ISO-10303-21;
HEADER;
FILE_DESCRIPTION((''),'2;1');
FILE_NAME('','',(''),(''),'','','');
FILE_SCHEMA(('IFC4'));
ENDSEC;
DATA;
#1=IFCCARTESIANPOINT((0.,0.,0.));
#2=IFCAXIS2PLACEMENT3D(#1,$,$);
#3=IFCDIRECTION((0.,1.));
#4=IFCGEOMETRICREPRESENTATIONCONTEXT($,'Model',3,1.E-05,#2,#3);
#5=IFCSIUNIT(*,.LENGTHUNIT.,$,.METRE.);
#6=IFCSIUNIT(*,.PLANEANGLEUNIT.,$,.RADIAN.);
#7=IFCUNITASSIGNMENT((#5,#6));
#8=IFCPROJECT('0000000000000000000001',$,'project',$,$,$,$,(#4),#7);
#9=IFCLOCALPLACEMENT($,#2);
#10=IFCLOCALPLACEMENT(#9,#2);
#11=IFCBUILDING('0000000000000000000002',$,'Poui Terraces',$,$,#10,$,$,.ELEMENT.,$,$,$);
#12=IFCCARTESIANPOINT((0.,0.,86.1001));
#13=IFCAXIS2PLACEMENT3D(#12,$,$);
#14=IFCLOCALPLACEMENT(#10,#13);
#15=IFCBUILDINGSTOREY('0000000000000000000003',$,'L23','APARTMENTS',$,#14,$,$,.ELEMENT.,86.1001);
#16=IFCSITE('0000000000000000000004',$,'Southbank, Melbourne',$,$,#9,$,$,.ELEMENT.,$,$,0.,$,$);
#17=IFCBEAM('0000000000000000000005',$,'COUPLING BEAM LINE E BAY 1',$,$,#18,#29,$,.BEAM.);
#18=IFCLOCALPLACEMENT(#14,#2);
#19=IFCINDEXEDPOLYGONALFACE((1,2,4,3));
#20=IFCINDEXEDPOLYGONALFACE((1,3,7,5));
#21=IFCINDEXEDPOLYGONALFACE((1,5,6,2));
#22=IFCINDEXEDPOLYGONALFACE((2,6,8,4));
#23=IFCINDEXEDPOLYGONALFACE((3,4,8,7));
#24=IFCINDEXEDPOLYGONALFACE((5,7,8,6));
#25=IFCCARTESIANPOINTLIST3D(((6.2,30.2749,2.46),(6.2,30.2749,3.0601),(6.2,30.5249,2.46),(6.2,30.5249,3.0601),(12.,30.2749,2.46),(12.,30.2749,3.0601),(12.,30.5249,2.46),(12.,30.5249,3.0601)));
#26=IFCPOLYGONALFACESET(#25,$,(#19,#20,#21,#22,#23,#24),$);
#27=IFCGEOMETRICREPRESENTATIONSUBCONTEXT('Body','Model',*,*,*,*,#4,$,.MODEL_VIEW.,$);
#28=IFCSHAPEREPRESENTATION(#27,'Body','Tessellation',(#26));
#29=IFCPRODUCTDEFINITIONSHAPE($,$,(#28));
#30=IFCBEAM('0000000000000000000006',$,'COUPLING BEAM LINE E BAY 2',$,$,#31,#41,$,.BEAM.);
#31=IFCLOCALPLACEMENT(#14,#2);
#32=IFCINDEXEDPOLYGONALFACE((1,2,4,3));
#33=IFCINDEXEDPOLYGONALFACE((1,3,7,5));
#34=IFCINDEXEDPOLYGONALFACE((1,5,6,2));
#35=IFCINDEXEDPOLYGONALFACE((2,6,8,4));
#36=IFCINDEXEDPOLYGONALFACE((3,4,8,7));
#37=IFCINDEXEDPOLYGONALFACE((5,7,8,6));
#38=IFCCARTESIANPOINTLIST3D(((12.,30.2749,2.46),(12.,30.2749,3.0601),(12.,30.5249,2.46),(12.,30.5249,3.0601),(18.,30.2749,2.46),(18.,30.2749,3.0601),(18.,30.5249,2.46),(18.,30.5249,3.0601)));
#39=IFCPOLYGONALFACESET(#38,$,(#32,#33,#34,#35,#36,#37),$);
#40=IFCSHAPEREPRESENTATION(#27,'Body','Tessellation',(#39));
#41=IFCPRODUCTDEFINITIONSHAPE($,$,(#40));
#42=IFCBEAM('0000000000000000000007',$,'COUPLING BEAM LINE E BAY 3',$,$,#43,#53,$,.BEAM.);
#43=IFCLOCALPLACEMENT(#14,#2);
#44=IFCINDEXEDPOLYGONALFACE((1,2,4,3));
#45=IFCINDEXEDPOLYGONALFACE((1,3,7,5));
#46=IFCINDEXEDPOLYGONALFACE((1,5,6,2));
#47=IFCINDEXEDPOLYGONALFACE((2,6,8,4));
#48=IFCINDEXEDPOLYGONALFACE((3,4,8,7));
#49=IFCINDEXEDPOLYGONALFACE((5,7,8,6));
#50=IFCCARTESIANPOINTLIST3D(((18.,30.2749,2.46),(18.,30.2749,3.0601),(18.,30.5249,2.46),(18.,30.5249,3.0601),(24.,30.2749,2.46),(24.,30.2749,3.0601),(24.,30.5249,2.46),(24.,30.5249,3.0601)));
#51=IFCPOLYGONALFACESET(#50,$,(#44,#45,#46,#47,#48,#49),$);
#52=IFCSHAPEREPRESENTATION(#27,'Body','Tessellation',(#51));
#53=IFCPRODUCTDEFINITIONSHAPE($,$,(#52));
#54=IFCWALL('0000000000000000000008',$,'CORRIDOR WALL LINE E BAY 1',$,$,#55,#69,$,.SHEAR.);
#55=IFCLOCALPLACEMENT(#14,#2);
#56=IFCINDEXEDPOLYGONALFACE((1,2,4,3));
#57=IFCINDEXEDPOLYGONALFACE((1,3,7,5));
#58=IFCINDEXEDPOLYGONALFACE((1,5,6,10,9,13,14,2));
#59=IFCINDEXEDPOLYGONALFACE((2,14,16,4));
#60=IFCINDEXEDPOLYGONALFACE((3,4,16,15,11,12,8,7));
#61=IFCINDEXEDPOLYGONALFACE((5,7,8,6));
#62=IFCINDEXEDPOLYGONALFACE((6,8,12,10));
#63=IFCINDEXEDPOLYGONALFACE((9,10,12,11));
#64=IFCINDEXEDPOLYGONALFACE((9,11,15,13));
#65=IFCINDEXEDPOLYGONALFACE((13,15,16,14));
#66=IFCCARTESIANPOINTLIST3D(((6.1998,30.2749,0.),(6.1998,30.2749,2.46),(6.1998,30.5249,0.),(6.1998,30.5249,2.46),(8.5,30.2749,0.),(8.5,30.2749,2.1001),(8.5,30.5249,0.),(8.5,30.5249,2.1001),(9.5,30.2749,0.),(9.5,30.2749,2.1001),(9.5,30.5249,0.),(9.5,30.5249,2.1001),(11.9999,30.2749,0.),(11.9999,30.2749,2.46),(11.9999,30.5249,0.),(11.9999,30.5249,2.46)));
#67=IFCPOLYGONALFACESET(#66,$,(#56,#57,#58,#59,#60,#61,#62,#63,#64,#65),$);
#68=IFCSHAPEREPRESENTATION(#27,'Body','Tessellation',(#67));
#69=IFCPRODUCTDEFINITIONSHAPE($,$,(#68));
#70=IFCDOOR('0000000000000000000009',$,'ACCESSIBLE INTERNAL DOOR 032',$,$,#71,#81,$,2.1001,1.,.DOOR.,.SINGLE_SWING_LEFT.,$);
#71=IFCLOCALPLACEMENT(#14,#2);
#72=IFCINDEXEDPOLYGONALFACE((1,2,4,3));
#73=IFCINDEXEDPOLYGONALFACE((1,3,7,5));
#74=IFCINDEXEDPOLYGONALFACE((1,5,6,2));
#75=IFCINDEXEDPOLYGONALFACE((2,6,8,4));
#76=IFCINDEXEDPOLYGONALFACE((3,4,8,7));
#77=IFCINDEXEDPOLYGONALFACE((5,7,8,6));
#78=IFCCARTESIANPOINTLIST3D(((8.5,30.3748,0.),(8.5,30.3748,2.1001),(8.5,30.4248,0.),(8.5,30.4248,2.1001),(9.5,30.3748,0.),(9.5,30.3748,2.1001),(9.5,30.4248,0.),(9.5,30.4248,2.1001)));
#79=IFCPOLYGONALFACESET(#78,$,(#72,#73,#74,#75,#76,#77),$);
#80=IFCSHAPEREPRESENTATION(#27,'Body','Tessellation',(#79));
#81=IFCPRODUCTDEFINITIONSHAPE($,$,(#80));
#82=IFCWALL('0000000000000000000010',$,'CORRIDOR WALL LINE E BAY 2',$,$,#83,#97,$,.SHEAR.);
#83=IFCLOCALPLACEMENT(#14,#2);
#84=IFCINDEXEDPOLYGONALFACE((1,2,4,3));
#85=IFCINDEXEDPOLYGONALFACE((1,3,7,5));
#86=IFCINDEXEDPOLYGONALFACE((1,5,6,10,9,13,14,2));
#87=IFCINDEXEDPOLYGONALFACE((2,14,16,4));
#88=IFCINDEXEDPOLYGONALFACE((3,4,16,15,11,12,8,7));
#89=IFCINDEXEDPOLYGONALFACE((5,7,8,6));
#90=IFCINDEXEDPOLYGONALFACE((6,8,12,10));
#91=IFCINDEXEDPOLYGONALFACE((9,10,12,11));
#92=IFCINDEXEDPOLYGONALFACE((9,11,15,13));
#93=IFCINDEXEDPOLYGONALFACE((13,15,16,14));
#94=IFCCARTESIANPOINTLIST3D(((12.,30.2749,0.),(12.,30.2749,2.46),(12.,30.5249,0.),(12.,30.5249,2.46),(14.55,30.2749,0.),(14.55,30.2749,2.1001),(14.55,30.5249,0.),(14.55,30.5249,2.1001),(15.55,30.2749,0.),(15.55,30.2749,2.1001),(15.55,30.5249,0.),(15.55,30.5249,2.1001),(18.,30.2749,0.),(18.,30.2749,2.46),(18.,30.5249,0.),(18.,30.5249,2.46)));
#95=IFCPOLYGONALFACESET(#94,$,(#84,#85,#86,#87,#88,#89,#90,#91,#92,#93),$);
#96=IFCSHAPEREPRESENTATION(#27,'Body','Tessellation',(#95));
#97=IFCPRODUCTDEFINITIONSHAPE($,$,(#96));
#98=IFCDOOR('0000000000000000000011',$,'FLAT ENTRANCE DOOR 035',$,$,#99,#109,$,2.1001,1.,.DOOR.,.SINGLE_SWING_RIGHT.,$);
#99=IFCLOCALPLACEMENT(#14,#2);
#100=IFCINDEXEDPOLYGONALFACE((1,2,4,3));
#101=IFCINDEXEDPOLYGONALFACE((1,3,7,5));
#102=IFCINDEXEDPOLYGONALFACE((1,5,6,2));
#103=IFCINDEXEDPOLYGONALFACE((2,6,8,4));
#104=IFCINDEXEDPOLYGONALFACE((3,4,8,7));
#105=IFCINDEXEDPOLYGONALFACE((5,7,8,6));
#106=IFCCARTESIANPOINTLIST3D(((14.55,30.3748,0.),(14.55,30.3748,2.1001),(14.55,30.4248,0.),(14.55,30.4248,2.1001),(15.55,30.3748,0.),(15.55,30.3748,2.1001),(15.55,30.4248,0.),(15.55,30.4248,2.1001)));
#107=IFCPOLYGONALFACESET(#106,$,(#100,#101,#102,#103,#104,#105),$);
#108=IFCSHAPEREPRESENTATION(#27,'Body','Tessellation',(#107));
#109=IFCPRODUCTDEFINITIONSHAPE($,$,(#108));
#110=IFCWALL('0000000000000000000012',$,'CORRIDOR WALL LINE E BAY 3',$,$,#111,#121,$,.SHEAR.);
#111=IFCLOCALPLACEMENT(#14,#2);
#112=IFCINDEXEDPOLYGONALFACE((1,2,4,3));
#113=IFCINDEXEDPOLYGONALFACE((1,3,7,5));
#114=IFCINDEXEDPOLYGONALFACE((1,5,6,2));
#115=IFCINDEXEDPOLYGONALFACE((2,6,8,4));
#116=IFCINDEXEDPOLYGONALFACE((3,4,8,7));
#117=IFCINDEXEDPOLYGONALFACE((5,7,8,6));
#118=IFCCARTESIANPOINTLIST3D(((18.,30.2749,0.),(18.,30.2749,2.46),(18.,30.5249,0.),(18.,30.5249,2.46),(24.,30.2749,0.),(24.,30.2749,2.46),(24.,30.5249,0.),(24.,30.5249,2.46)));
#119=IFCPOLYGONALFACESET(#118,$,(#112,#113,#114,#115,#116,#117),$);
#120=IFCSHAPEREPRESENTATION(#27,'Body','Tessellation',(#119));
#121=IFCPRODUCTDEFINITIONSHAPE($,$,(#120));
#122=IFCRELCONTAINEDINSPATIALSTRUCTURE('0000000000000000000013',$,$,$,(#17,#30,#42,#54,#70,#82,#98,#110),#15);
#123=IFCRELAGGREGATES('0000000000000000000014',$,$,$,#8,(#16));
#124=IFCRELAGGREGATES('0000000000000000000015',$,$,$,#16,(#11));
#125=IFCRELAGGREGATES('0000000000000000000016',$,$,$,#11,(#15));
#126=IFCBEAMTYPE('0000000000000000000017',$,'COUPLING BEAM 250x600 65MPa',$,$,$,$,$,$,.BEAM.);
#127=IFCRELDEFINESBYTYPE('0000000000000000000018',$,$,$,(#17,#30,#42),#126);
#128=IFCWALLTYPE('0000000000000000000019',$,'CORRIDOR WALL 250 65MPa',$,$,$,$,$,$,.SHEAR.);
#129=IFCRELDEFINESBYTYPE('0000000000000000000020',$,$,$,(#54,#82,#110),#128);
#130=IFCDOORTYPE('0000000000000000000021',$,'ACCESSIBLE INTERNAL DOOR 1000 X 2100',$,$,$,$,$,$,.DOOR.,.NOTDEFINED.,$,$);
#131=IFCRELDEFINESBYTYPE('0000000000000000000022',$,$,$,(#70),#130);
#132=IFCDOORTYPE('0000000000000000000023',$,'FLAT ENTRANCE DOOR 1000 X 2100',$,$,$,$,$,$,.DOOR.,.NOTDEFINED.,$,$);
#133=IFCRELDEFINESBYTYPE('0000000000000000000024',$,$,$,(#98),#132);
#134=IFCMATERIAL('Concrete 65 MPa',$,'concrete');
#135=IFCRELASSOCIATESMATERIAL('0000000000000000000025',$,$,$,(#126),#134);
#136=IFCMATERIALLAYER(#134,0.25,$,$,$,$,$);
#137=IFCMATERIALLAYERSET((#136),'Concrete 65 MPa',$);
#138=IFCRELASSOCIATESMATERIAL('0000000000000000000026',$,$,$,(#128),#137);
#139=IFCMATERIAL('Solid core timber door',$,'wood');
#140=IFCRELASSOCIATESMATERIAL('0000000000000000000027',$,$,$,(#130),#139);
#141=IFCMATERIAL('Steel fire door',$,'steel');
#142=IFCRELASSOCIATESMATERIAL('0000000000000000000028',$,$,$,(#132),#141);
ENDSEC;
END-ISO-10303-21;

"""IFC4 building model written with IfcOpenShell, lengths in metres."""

from ifc_helpers import new_model, si_unit, direction, frame, frame_2d, origin, origin_2d, place, context, subcontext, project, spatial, rectangle, extrude, source, transform, mapped, material, layer, layer_set, material_profile, profile_set, type_object, element, fill, save


model = new_model("IFC4")

# Units and contexts
model_context = context("Model", 3, precision=1e-05, world=origin(), true_north=direction((0.0, 1.0)))
body_context = subcontext(model_context, "Body", "Model", "MODEL_VIEW")
ifc_project = project(units=[si_unit("LENGTHUNIT", "METRE"), si_unit("PLANEANGLEUNIT", "RADIAN")], contexts=[model_context])

# Site, building, storey
site_placement = place(None, origin())
site = spatial("IfcSite", under=ifc_project, at=site_placement, Name="Southbank, Melbourne", CompositionType="ELEMENT", RefElevation=0.0)
building_placement = place(site_placement, origin())
building = spatial("IfcBuilding", under=site, at=building_placement, Name="Poui Terraces", CompositionType="ELEMENT")
storey_placement = place(building_placement, frame((0.0, 0.0, 86.1001)))
storey = spatial("IfcBuildingStorey", under=building, at=storey_placement, Name="L23", Description="APARTMENTS", CompositionType="ELEMENT", Elevation=86.1001)

# Beams
ifc_material_1 = material(Name="Concrete 65 MPa", Category="concrete")
ifc_material_profile = material_profile(ifc_material_1, rectangle(XDim=0.25, YDim=0.6001, at=origin_2d()), Name="RC 250x600")
ifc_profile_set = profile_set([ifc_material_profile], Name="Concrete 65 MPa")
beam_type = type_object("IfcBeamType", Name="COUPLING BEAM 250x600 65MPa", PredefinedType="BEAM", material=ifc_profile_set)
shared_shape_1 = source(origin(), body_context, "Body", "SweptSolid", [
    extrude(rectangle(XDim=0.25, YDim=0.6001, at=origin_2d()), origin(), (0.0, 0.0, 1.0), 5.8),
])
beam_placement = place(storey_placement, frame((6.2, 30.3999, 2.76), z_axis=(1.0, 0.0, 0.0), x_axis=(0.0, 1.0, 0.0)))
element("IfcBeam", 1, at=beam_placement, inside=storey, type_object=beam_type, Name="COUPLING BEAM LINE E BAY 1", PredefinedType="BEAM", context=body_context, shape_type="MappedRepresentation", body=[
    mapped(shared_shape_1, transform((0.0, 0.0, 0.0))),
])
shared_shape_2 = source(origin(), body_context, "Body", "SweptSolid", [
    extrude(rectangle(XDim=0.25, YDim=0.6001, at=origin_2d()), origin(), (0.0, 0.0, 1.0), 6.0),
])
for number, where, z_axis, x_axis, name in (
    (2, (12.0, 30.3999, 2.76), (1.0, 0.0, 0.0), (0.0, 1.0, 0.0), "COUPLING BEAM LINE E BAY 2"),
    (3, (18.0, 30.3999, 2.76), (1.0, 0.0, 0.0), (0.0, 1.0, 0.0), "COUPLING BEAM LINE E BAY 3"),
):
    element("IfcBeam", number, at=place(storey_placement, frame(where, z_axis=z_axis, x_axis=x_axis)), inside=storey, type_object=beam_type, Name=name, PredefinedType="BEAM", context=body_context, shape_type="MappedRepresentation", body=[
        mapped(shared_shape_2, transform((0.0, 0.0, 0.0))),
    ])

# Walls, openings, doors
ifc_layer = layer(ifc_material_1, 0.25)
ifc_layer_set = layer_set([ifc_layer], Name="Concrete 65 MPa")
wall_type = type_object("IfcWallType", Name="CORRIDOR WALL 250 65MPa", PredefinedType="SHEAR", material=ifc_layer_set)
wall_1_placement = place(storey_placement, frame((6.2, 30.3999, 0.0), z_axis=(0.0, 0.0, 1.0), x_axis=(1.0, 0.0, 0.0)))
wall_1 = element("IfcWall", 4, at=wall_1_placement, inside=storey, type_object=wall_type, Name="CORRIDOR WALL LINE E BAY 1", PredefinedType="SHEAR", context=body_context, shape_type="SweptSolid", body=[
    extrude(rectangle(XDim=5.8, YDim=0.25, at=frame_2d((2.8999, 0.0))), origin(), (0.0, 0.0, 1.0), 2.46),
])
opening_1_placement = place(wall_1_placement, frame((2.3, 0.0, 0.0)))
opening_1 = element("IfcOpeningElement", 5, at=opening_1_placement, cuts=wall_1, PredefinedType="OPENING", context=body_context, shape_type="SweptSolid", body=[
    extrude(rectangle(XDim=1.0, YDim=2.1001, at=frame_2d((0.5, 1.05))), frame((0.0, 0.135, 0.0), z_axis=(0.0, -1.0, 0.0), x_axis=(1.0, 0.0, 0.0)), (0.0, 0.0, 1.0), 0.27),
])
ifc_material_2 = material(Name="Solid core timber door", Category="wood")
door_type_1 = type_object("IfcDoorType", Name="ACCESSIBLE INTERNAL DOOR 1000 X 2100", OperationType="NOTDEFINED", PredefinedType="DOOR", material=ifc_material_2)
door_1_placement = place(opening_1_placement, origin())
door_1 = element("IfcDoor", 6, at=door_1_placement, inside=storey, type_object=door_type_1, Name="ACCESSIBLE INTERNAL DOOR 032", OperationType="SINGLE_SWING_LEFT", OverallHeight=2.1001, OverallWidth=1.0, PredefinedType="DOOR", context=body_context, shape_type="SweptSolid", body=[
    extrude(rectangle(XDim=1.0, YDim=2.1001, at=frame_2d((0.5, 1.05))), frame((0.0, 0.0249, 0.0), z_axis=(0.0, -1.0, 0.0), x_axis=(1.0, 0.0, 0.0)), (0.0, 0.0, 1.0), 0.05),
])
fill(opening_1, door_1)
wall_2_placement = place(storey_placement, frame((12.0, 30.3999, 0.0), z_axis=(0.0, 0.0, 1.0), x_axis=(1.0, 0.0, 0.0)))
wall_2 = element("IfcWall", 7, at=wall_2_placement, inside=storey, type_object=wall_type, Name="CORRIDOR WALL LINE E BAY 2", PredefinedType="SHEAR", context=body_context, shape_type="SweptSolid", body=[
    extrude(rectangle(XDim=6.0, YDim=0.25, at=frame_2d((3.0, 0.0))), origin(), (0.0, 0.0, 1.0), 2.46),
])
opening_2_placement = place(wall_2_placement, frame((2.55, 0.0, 0.0)))
opening_2 = element("IfcOpeningElement", 8, at=opening_2_placement, cuts=wall_2, PredefinedType="OPENING", context=body_context, shape_type="SweptSolid", body=[
    extrude(rectangle(XDim=1.0, YDim=2.1001, at=frame_2d((0.5, 1.05))), frame((0.0, 0.135, 0.0), z_axis=(0.0, -1.0, 0.0), x_axis=(1.0, 0.0, 0.0)), (0.0, 0.0, 1.0), 0.27),
])
ifc_material_3 = material(Name="Steel fire door", Category="steel")
door_type_2 = type_object("IfcDoorType", Name="FLAT ENTRANCE DOOR 1000 X 2100", OperationType="NOTDEFINED", PredefinedType="DOOR", material=ifc_material_3)
door_2_placement = place(opening_2_placement, origin())
door_2 = element("IfcDoor", 9, at=door_2_placement, inside=storey, type_object=door_type_2, Name="FLAT ENTRANCE DOOR 035", OperationType="SINGLE_SWING_RIGHT", OverallHeight=2.1001, OverallWidth=1.0, PredefinedType="DOOR", context=body_context, shape_type="SweptSolid", body=[
    extrude(rectangle(XDim=1.0, YDim=2.1001, at=frame_2d((0.5, 1.05))), frame((0.0, 0.0249, 0.0), z_axis=(0.0, -1.0, 0.0), x_axis=(1.0, 0.0, 0.0)), (0.0, 0.0, 1.0), 0.05),
])
fill(opening_2, door_2)

# Wall
wall_3_placement = place(storey_placement, frame((18.0, 30.3999, 0.0), z_axis=(0.0, 0.0, 1.0), x_axis=(1.0, 0.0, 0.0)))
element("IfcWall", 10, at=wall_3_placement, inside=storey, type_object=wall_type, Name="CORRIDOR WALL LINE E BAY 3", PredefinedType="SHEAR", context=body_context, shape_type="SweptSolid", body=[
    extrude(rectangle(XDim=6.0, YDim=0.25, at=frame_2d((3.0, 0.0))), origin(), (0.0, 0.0, 1.0), 2.46),
])

save(model, "model.ifc")
